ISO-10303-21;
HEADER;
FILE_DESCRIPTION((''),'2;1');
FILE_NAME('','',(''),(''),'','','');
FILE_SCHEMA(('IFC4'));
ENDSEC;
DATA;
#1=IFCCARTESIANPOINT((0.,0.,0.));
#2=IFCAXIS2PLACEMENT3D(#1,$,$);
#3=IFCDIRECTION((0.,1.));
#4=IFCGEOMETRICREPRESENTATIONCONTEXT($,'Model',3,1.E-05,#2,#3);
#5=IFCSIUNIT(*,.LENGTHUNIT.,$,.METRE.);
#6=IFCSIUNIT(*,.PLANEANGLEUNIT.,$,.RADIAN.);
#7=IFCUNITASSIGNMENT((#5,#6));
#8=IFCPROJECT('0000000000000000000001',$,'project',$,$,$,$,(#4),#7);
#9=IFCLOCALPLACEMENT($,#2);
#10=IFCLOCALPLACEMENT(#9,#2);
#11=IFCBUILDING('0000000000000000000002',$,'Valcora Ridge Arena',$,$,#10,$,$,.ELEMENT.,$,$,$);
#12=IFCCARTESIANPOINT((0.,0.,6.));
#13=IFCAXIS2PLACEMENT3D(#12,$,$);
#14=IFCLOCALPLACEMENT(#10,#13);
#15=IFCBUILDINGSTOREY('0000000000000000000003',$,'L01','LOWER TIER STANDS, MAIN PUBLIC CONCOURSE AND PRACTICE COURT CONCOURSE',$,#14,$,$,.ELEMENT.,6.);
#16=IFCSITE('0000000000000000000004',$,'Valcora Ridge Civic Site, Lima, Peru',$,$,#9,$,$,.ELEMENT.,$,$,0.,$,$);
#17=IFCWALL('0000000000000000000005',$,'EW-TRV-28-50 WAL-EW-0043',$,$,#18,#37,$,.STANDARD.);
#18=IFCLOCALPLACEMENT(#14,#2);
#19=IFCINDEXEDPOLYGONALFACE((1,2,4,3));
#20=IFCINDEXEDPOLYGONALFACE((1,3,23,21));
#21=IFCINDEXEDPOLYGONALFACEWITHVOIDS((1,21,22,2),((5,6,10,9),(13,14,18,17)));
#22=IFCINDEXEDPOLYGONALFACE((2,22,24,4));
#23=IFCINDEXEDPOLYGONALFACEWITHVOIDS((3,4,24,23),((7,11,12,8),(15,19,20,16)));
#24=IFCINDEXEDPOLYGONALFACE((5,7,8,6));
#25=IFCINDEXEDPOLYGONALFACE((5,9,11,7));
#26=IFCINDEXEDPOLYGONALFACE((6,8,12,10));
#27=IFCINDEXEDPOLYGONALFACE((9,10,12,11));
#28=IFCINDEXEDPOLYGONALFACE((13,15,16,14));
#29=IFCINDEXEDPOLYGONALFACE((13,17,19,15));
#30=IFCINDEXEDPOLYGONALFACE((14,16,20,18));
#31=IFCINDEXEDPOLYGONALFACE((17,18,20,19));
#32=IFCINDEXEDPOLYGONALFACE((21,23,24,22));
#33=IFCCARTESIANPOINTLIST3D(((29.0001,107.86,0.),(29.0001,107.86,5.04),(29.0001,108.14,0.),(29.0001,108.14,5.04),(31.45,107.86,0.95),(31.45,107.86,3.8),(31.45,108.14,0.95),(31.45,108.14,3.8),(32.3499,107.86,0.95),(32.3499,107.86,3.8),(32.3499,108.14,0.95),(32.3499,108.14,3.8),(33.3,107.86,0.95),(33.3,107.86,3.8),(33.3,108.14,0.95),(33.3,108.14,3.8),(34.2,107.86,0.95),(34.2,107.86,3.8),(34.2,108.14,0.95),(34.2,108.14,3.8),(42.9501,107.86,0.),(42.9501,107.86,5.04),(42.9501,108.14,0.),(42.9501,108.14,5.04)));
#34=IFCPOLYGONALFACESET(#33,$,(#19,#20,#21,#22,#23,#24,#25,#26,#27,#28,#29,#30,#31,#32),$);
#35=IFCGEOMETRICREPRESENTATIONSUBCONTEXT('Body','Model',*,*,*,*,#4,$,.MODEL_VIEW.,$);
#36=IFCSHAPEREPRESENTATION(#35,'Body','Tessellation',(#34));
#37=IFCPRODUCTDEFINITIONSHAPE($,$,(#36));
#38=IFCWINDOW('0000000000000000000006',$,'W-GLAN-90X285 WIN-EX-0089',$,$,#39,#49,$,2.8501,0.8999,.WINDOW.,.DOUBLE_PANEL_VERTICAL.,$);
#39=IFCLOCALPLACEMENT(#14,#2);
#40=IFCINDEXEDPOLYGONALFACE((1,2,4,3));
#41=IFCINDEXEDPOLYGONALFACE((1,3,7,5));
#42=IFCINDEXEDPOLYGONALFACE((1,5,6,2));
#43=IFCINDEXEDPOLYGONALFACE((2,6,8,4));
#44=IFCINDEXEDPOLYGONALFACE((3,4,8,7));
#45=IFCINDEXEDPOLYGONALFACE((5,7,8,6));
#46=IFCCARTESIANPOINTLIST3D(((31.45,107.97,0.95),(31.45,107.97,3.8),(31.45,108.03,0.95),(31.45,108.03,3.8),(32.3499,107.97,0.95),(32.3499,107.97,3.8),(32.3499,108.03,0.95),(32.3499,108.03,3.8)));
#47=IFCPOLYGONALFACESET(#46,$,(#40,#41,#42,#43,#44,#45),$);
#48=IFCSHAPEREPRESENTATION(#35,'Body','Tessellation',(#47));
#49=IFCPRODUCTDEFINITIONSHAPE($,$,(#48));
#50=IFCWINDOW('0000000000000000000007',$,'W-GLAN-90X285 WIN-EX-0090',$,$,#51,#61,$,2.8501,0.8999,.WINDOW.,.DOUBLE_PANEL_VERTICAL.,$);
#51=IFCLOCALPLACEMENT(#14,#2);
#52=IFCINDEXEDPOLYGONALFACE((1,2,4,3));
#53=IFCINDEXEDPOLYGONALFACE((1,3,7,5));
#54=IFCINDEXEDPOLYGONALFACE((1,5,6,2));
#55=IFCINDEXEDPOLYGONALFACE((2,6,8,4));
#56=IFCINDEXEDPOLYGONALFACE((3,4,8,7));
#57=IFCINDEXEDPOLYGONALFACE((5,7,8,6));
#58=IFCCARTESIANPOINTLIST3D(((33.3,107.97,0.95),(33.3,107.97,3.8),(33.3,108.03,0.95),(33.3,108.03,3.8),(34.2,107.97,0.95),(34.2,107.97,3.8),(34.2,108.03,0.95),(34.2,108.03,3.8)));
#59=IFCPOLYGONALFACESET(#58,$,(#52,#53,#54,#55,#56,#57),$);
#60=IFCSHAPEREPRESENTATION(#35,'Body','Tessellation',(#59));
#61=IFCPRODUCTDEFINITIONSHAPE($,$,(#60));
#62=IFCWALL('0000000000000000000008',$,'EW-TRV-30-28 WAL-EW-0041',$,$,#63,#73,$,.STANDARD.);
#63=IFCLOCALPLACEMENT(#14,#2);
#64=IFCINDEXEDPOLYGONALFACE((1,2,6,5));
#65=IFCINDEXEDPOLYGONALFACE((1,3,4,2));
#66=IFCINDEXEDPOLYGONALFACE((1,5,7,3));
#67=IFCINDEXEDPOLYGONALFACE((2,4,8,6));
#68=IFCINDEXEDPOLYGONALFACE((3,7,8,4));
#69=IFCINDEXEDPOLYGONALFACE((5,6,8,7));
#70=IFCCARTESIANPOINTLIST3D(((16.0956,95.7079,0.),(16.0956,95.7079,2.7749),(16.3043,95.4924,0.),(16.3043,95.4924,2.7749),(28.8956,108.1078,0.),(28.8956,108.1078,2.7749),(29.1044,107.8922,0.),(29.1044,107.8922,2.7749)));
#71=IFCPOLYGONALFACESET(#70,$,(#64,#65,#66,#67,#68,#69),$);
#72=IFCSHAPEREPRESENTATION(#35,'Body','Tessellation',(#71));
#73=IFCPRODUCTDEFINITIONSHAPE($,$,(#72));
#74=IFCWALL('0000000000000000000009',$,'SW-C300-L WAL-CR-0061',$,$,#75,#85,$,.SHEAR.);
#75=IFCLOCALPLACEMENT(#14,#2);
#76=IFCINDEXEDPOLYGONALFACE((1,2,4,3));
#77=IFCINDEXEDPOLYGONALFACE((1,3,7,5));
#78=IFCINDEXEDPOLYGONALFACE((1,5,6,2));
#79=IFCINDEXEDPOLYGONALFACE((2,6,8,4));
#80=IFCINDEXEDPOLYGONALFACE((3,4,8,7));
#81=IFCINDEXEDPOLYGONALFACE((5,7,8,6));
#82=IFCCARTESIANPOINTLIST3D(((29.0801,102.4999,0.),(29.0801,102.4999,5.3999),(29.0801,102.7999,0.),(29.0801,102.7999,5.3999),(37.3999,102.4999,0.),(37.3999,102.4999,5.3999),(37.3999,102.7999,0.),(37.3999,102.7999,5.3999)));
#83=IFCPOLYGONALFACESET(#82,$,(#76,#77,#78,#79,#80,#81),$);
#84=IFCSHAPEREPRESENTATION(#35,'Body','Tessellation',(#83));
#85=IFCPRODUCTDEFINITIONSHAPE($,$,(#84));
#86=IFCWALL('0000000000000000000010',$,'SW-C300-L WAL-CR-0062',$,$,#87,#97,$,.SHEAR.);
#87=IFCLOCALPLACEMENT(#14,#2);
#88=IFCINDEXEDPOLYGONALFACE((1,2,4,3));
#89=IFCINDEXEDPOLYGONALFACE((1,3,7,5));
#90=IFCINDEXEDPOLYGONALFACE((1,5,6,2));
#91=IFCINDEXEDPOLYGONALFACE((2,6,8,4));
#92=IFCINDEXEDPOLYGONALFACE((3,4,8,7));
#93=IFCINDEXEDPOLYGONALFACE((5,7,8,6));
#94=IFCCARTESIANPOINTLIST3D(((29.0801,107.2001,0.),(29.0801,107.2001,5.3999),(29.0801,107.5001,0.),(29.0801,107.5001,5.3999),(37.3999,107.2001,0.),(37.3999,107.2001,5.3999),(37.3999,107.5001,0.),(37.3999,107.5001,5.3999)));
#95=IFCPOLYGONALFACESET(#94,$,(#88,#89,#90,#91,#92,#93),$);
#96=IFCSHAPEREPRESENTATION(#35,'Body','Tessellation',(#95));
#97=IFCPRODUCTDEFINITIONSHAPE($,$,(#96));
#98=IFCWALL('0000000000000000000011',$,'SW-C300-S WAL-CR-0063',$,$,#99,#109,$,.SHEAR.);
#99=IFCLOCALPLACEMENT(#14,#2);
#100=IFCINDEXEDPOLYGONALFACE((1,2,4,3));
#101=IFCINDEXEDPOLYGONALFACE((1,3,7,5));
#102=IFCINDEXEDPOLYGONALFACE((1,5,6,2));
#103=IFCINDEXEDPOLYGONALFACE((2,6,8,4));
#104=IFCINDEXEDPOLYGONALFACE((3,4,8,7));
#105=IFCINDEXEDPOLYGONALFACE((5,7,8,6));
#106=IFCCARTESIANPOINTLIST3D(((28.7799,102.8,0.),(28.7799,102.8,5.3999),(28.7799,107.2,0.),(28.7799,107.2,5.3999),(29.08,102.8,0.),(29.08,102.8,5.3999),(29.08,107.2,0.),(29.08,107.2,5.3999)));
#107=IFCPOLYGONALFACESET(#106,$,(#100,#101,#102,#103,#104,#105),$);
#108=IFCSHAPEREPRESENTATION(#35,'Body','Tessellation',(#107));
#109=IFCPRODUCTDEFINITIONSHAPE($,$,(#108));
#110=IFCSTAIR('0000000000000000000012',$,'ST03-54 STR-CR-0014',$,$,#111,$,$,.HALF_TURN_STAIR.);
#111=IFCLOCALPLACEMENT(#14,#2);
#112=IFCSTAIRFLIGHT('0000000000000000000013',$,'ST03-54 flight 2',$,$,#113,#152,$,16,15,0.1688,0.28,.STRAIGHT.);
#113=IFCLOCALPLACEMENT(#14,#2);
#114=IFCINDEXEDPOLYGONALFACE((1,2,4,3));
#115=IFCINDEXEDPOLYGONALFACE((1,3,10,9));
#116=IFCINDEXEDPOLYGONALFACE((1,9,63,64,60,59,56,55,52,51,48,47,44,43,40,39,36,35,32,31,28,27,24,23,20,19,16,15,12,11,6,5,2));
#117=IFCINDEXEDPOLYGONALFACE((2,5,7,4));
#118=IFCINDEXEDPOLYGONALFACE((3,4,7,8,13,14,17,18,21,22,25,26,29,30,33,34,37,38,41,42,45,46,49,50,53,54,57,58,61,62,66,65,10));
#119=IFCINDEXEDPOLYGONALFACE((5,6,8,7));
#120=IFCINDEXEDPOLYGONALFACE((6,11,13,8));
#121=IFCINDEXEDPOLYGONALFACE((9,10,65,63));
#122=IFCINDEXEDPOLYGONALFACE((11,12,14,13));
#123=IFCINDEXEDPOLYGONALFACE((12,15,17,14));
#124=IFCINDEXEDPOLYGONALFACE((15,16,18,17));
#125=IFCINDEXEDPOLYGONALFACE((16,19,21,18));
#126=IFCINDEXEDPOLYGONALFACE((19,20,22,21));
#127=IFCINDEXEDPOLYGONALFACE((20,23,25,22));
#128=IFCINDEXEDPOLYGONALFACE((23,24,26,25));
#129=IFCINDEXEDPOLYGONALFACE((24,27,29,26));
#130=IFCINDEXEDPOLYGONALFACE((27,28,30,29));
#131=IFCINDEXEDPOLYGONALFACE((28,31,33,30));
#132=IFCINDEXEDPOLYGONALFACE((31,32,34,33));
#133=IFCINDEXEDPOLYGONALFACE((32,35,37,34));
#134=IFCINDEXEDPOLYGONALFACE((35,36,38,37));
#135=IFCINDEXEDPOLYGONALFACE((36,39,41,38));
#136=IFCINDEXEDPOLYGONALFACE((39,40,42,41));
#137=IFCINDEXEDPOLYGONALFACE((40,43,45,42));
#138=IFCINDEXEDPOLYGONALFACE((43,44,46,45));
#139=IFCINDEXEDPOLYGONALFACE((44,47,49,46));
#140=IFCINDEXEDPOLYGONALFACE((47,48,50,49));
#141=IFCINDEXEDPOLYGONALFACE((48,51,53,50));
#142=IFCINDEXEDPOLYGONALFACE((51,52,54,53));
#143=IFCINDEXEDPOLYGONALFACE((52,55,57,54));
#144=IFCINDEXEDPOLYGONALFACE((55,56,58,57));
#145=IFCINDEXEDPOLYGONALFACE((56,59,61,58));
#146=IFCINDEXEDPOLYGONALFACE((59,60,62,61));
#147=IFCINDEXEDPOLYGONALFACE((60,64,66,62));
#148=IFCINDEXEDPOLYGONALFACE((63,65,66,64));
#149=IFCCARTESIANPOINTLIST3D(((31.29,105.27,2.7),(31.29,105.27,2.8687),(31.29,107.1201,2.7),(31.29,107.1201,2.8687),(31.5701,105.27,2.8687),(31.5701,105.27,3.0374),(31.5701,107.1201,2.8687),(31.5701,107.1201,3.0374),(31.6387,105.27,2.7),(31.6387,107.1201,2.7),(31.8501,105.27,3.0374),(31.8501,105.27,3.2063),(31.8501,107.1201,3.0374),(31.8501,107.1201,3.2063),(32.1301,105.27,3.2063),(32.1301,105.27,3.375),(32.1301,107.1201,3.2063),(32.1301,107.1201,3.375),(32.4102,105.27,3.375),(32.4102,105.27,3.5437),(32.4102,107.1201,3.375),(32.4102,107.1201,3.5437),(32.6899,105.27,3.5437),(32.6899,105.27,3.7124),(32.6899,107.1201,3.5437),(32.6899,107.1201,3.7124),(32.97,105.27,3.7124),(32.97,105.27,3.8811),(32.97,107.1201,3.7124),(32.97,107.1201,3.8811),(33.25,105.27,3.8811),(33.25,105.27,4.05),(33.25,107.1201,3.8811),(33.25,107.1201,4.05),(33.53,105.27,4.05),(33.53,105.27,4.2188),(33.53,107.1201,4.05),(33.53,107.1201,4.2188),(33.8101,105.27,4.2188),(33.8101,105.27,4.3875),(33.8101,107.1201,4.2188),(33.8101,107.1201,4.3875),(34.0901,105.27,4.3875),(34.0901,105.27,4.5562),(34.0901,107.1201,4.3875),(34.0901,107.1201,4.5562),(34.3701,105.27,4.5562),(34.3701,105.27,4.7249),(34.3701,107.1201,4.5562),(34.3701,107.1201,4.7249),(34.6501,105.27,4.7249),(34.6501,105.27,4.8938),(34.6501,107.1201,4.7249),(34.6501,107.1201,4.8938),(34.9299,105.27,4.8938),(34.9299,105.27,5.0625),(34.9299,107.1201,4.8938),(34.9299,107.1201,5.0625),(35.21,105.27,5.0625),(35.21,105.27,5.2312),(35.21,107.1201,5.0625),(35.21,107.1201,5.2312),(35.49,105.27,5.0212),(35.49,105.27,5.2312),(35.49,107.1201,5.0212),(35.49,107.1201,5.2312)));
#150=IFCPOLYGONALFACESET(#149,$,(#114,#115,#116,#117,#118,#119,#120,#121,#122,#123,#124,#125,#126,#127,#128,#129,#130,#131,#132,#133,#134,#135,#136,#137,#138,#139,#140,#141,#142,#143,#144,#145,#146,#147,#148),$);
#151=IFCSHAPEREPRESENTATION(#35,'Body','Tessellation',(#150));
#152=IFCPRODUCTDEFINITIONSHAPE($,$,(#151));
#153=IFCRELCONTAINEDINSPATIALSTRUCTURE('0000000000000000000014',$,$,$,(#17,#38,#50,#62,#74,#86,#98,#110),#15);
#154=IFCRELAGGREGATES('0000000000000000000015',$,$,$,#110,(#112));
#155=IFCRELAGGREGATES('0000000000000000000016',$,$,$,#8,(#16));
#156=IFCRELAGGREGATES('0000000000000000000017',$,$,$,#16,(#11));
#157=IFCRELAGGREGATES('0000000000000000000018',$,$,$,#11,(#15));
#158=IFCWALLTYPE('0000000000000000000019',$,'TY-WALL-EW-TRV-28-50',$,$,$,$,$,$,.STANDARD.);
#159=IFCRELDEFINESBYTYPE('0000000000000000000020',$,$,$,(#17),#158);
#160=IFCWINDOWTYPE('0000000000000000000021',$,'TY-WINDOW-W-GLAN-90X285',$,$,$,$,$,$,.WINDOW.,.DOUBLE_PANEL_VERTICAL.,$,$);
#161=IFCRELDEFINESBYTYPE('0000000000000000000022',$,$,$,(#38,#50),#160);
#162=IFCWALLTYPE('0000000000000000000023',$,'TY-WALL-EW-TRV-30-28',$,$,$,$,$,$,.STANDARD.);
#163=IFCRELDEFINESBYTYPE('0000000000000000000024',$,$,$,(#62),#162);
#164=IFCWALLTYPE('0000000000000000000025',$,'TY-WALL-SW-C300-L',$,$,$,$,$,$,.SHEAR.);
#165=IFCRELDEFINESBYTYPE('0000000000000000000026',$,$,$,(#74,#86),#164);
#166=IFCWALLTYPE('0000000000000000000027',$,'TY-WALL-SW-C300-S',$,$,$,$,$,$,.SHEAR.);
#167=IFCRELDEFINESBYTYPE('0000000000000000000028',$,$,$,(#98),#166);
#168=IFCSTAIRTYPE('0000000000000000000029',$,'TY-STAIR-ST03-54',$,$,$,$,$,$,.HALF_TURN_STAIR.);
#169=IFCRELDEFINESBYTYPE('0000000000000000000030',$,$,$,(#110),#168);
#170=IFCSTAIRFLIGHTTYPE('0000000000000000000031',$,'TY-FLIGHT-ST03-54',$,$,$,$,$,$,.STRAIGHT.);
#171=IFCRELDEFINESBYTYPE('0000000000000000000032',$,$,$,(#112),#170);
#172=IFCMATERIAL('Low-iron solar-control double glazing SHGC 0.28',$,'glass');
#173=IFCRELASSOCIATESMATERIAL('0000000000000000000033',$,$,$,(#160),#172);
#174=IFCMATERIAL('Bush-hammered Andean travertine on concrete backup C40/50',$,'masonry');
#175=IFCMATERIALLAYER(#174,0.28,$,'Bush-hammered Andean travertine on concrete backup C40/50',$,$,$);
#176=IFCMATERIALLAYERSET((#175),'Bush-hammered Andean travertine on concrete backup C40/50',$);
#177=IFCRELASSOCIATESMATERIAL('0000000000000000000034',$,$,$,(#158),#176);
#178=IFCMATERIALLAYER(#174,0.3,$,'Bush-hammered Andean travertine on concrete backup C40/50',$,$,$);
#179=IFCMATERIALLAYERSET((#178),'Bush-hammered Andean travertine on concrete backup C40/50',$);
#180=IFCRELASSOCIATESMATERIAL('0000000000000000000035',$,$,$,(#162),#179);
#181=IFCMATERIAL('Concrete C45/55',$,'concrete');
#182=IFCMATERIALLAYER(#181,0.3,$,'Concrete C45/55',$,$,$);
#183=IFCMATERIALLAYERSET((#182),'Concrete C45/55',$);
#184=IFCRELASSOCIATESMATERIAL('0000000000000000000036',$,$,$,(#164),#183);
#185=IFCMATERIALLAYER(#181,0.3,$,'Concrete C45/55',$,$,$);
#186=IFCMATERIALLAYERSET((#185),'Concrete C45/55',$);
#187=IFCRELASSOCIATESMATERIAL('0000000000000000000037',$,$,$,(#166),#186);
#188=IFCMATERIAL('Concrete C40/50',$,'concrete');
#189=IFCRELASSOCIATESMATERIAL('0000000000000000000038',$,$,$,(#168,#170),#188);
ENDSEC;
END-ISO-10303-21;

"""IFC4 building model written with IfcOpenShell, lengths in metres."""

from ifc_helpers import new_model, si_unit, direction, frame, frame_2d, origin, place, context, subcontext, project, spatial, polyline, rectangle, outline, extrude, material, layer, layer_set, type_object, element, fill, aggregate, save


model = new_model("IFC4")

# Units and contexts
model_context = context("Model", 3, precision=1e-05, world=origin(), true_north=direction((0.0, 1.0)))
body_context = subcontext(model_context, "Body", "Model", "MODEL_VIEW")
ifc_project = project(units=[si_unit("LENGTHUNIT", "METRE"), si_unit("PLANEANGLEUNIT", "RADIAN")], contexts=[model_context])

# Site, building, storey
site_placement = place(None, origin())
site = spatial("IfcSite", under=ifc_project, at=site_placement, Name="Valcora Ridge Civic Site, Lima, Peru", CompositionType="ELEMENT", RefElevation=0.0)
building_placement = place(site_placement, origin())
building = spatial("IfcBuilding", under=site, at=building_placement, Name="Valcora Ridge Arena", CompositionType="ELEMENT")
storey_placement = place(building_placement, frame((0.0, 0.0, 6.0)))
storey = spatial("IfcBuildingStorey", under=building, at=storey_placement, Name="L01", Description="LOWER TIER STANDS, MAIN PUBLIC CONCOURSE AND PRACTICE COURT CONCOURSE", CompositionType="ELEMENT", Elevation=6.0)

# Shared definitions
ifc_material_1 = material(Name="Concrete C40/50", Category="concrete")

# Shared definitions
ifc_material_2 = material(Name="Bush-hammered Andean travertine on concrete backup C40/50", Category="masonry")

# Wall, openings, windows
ifc_material_3 = material(Name="Low-iron solar-control double glazing SHGC 0.28", Category="glass")
window_type = type_object("IfcWindowType", Name="TY-WINDOW-W-GLAN-90X285", PartitioningType="DOUBLE_PANEL_VERTICAL", PredefinedType="WINDOW", material=ifc_material_3)
ifc_layer_1 = layer(ifc_material_2, 0.28, Name="Bush-hammered Andean travertine on concrete backup C40/50")
ifc_layer_set_1 = layer_set([ifc_layer_1], Name="Bush-hammered Andean travertine on concrete backup C40/50")
wall_type_1 = type_object("IfcWallType", Name="TY-WALL-EW-TRV-28-50", PredefinedType="STANDARD", material=ifc_layer_set_1)
wall_1_placement = place(storey_placement, frame((29.0, 108.0, 0.0), z_axis=(0.0, 0.0, 1.0), x_axis=(1.0, 0.0, 0.0)))
wall_1 = element("IfcWall", 1, at=wall_1_placement, inside=storey, type_object=wall_type_1, Name="EW-TRV-28-50 WAL-EW-0043", PredefinedType="STANDARD", context=body_context, shape_type="SweptSolid", body=[
    extrude(rectangle(XDim=13.95, YDim=0.28, at=frame_2d((6.9751, 0.0))), origin(), (0.0, 0.0, 1.0), 5.04),
])
opening_1_placement = place(wall_1_placement, frame((2.45, 0.0, 0.95)))
opening_1 = element("IfcOpeningElement", 2, at=opening_1_placement, cuts=wall_1, PredefinedType="OPENING", context=body_context, shape_type="SweptSolid", body=[
    extrude(rectangle(XDim=0.8999, YDim=2.8501, at=frame_2d((0.45, 1.425))), frame((0.0, 0.1499, 0.0), z_axis=(0.0, -1.0, 0.0), x_axis=(1.0, 0.0, 0.0)), (0.0, 0.0, 1.0), 0.3),
])
opening_2_placement = place(wall_1_placement, frame((4.3, 0.0, 0.95)))
opening_2 = element("IfcOpeningElement", 3, at=opening_2_placement, cuts=wall_1, PredefinedType="OPENING", context=body_context, shape_type="SweptSolid", body=[
    extrude(rectangle(XDim=0.8999, YDim=2.8501, at=frame_2d((0.45, 1.425))), frame((0.0, 0.1499, 0.0), z_axis=(0.0, -1.0, 0.0), x_axis=(1.0, 0.0, 0.0)), (0.0, 0.0, 1.0), 0.3),
])
window_1_placement = place(opening_1_placement, origin())
window_1 = element("IfcWindow", 4, at=window_1_placement, inside=storey, type_object=window_type, Name="W-GLAN-90X285 WIN-EX-0089", OverallHeight=2.8501, OverallWidth=0.8999, PartitioningType="DOUBLE_PANEL_VERTICAL", PredefinedType="WINDOW", context=body_context, shape_type="SweptSolid", body=[
    extrude(rectangle(XDim=0.8999, YDim=2.8501, at=frame_2d((0.45, 1.425))), frame((0.0, 0.03, 0.0), z_axis=(0.0, -1.0, 0.0), x_axis=(1.0, 0.0, 0.0)), (0.0, 0.0, 1.0), 0.0601),
])
fill(opening_1, window_1)
window_2_placement = place(opening_2_placement, origin())
window_2 = element("IfcWindow", 5, at=window_2_placement, inside=storey, type_object=window_type, Name="W-GLAN-90X285 WIN-EX-0090", OverallHeight=2.8501, OverallWidth=0.8999, PartitioningType="DOUBLE_PANEL_VERTICAL", PredefinedType="WINDOW", context=body_context, shape_type="SweptSolid", body=[
    extrude(rectangle(XDim=0.8999, YDim=2.8501, at=frame_2d((0.45, 1.425))), frame((0.0, 0.03, 0.0), z_axis=(0.0, -1.0, 0.0), x_axis=(1.0, 0.0, 0.0)), (0.0, 0.0, 1.0), 0.0601),
])
fill(opening_2, window_2)

# Walls
ifc_layer_2 = layer(ifc_material_2, 0.3, Name="Bush-hammered Andean travertine on concrete backup C40/50")
ifc_layer_set_2 = layer_set([ifc_layer_2], Name="Bush-hammered Andean travertine on concrete backup C40/50")
wall_type_2 = type_object("IfcWallType", Name="TY-WALL-EW-TRV-30-28", PredefinedType="STANDARD", material=ifc_layer_set_2)
wall_2_placement = place(storey_placement, frame((29.0, 108.0, 0.0), z_axis=(0.0, 0.0, 1.0), x_axis=(-0.718244, -0.695791, 0.0)))
element("IfcWall", 6, at=wall_2_placement, inside=storey, type_object=wall_type_2, Name="EW-TRV-30-28 WAL-EW-0041", PredefinedType="STANDARD", context=body_context, shape_type="SweptSolid", body=[
    extrude(rectangle(XDim=17.8213, YDim=0.3, at=frame_2d((8.9106, 0.0))), origin(), (0.0, 0.0, 1.0), 2.7749),
])
ifc_material_4 = material(Name="Concrete C45/55", Category="concrete")
ifc_layer_3 = layer(ifc_material_4, 0.3, Name="Concrete C45/55")
ifc_layer_set_3 = layer_set([ifc_layer_3], Name="Concrete C45/55")
wall_type_3 = type_object("IfcWallType", Name="TY-WALL-SW-C300-L", PredefinedType="SHEAR", material=ifc_layer_set_3)
for number, where, z_axis, x_axis, name in (
    (7, (29.0801, 102.6499, 0.0), (0.0, 0.0, 1.0), (1.0, 0.0, 0.0), "SW-C300-L WAL-CR-0061"),
    (8, (29.0801, 107.3501, 0.0), (0.0, 0.0, 1.0), (1.0, 0.0, 0.0), "SW-C300-L WAL-CR-0062"),
):
    element("IfcWall", number, at=place(storey_placement, frame(where, z_axis=z_axis, x_axis=x_axis)), inside=storey, type_object=wall_type_3, Name=name, PredefinedType="SHEAR", context=body_context, shape_type="SweptSolid", body=[
        extrude(rectangle(XDim=8.3198, YDim=0.3, at=frame_2d((4.1599, 0.0))), origin(), (0.0, 0.0, 1.0), 5.3999),
    ])
ifc_layer_4 = layer(ifc_material_4, 0.3, Name="Concrete C45/55")
ifc_layer_set_4 = layer_set([ifc_layer_4], Name="Concrete C45/55")
wall_type_4 = type_object("IfcWallType", Name="TY-WALL-SW-C300-S", PredefinedType="SHEAR", material=ifc_layer_set_4)
wall_3_placement = place(storey_placement, frame((28.9299, 102.8, 0.0), z_axis=(0.0, 0.0, 1.0), x_axis=(0.0, 1.0, 0.0)))
element("IfcWall", 9, at=wall_3_placement, inside=storey, type_object=wall_type_4, Name="SW-C300-S WAL-CR-0063", PredefinedType="SHEAR", context=body_context, shape_type="SweptSolid", body=[
    extrude(rectangle(XDim=4.3999, YDim=0.3, at=frame_2d((2.2, 0.0))), origin(), (0.0, 0.0, 1.0), 5.3999),
])

# Stair, stair flight
stair_type = type_object("IfcStairType", Name="TY-STAIR-ST03-54", PredefinedType="HALF_TURN_STAIR", material=ifc_material_1)
stair_placement = place(storey_placement, origin())
stair = element("IfcStair", 10, at=stair_placement, inside=storey, type_object=stair_type, Name="ST03-54 STR-CR-0014", PredefinedType="HALF_TURN_STAIR")
stair_flight_type = type_object("IfcStairFlightType", Name="TY-FLIGHT-ST03-54", PredefinedType="STRAIGHT", material=ifc_material_1)
stair_flight_placement = place(storey_placement, frame((31.29, 106.1951, 2.7), z_axis=(0.0, 0.0, 1.0), x_axis=(1.0, 0.0, 0.0)))
stair_flight = element("IfcStairFlight", 11, at=stair_flight_placement, type_object=stair_flight_type, Name="ST03-54 flight 2", NumberOfRisers=16, NumberOfTreads=15, PredefinedType="STRAIGHT", RiserHeight=0.1688, TreadLength=0.28, context=body_context, shape_type="SweptSolid", body=[
    extrude(outline(polyline([(0.0, 0.0), (0.0, 0.1687), (0.28, 0.1687), (0.28, 0.3374), (0.5601, 0.3374), (0.5601, 0.5063), (0.8401, 0.5063), (0.8401, 0.675), (1.1201, 0.675), (1.1201, 0.8438), (1.3999, 0.8438), (1.3999, 1.0125), (1.6799, 1.0125), (1.6799, 1.1812), (1.96, 1.1812), (1.96, 1.3501), (2.24, 1.3501), (2.24, 1.5188), (2.52, 1.5188), (2.52, 1.6875), (2.8, 1.6875), (2.8, 1.8562), (3.0801, 1.8562), (3.0801, 2.0249), (3.3601, 2.0249), (3.3601, 2.1938), (3.6399, 2.1938), (3.6399, 2.3625), (3.9199, 2.3625), (3.9199, 2.5312), (4.2, 2.5312), (4.2, 2.7), (4.2, 2.3213), (0.3486, 0.0), (0.0, 0.0)])), frame((0.0, 0.925, 0.0), z_axis=(0.0, -1.0, 0.0), x_axis=(1.0, 0.0, 0.0)), (0.0, 0.0, 1.0), 1.8501),
])
aggregate(stair, [stair_flight])

save(model, "model.ifc")
